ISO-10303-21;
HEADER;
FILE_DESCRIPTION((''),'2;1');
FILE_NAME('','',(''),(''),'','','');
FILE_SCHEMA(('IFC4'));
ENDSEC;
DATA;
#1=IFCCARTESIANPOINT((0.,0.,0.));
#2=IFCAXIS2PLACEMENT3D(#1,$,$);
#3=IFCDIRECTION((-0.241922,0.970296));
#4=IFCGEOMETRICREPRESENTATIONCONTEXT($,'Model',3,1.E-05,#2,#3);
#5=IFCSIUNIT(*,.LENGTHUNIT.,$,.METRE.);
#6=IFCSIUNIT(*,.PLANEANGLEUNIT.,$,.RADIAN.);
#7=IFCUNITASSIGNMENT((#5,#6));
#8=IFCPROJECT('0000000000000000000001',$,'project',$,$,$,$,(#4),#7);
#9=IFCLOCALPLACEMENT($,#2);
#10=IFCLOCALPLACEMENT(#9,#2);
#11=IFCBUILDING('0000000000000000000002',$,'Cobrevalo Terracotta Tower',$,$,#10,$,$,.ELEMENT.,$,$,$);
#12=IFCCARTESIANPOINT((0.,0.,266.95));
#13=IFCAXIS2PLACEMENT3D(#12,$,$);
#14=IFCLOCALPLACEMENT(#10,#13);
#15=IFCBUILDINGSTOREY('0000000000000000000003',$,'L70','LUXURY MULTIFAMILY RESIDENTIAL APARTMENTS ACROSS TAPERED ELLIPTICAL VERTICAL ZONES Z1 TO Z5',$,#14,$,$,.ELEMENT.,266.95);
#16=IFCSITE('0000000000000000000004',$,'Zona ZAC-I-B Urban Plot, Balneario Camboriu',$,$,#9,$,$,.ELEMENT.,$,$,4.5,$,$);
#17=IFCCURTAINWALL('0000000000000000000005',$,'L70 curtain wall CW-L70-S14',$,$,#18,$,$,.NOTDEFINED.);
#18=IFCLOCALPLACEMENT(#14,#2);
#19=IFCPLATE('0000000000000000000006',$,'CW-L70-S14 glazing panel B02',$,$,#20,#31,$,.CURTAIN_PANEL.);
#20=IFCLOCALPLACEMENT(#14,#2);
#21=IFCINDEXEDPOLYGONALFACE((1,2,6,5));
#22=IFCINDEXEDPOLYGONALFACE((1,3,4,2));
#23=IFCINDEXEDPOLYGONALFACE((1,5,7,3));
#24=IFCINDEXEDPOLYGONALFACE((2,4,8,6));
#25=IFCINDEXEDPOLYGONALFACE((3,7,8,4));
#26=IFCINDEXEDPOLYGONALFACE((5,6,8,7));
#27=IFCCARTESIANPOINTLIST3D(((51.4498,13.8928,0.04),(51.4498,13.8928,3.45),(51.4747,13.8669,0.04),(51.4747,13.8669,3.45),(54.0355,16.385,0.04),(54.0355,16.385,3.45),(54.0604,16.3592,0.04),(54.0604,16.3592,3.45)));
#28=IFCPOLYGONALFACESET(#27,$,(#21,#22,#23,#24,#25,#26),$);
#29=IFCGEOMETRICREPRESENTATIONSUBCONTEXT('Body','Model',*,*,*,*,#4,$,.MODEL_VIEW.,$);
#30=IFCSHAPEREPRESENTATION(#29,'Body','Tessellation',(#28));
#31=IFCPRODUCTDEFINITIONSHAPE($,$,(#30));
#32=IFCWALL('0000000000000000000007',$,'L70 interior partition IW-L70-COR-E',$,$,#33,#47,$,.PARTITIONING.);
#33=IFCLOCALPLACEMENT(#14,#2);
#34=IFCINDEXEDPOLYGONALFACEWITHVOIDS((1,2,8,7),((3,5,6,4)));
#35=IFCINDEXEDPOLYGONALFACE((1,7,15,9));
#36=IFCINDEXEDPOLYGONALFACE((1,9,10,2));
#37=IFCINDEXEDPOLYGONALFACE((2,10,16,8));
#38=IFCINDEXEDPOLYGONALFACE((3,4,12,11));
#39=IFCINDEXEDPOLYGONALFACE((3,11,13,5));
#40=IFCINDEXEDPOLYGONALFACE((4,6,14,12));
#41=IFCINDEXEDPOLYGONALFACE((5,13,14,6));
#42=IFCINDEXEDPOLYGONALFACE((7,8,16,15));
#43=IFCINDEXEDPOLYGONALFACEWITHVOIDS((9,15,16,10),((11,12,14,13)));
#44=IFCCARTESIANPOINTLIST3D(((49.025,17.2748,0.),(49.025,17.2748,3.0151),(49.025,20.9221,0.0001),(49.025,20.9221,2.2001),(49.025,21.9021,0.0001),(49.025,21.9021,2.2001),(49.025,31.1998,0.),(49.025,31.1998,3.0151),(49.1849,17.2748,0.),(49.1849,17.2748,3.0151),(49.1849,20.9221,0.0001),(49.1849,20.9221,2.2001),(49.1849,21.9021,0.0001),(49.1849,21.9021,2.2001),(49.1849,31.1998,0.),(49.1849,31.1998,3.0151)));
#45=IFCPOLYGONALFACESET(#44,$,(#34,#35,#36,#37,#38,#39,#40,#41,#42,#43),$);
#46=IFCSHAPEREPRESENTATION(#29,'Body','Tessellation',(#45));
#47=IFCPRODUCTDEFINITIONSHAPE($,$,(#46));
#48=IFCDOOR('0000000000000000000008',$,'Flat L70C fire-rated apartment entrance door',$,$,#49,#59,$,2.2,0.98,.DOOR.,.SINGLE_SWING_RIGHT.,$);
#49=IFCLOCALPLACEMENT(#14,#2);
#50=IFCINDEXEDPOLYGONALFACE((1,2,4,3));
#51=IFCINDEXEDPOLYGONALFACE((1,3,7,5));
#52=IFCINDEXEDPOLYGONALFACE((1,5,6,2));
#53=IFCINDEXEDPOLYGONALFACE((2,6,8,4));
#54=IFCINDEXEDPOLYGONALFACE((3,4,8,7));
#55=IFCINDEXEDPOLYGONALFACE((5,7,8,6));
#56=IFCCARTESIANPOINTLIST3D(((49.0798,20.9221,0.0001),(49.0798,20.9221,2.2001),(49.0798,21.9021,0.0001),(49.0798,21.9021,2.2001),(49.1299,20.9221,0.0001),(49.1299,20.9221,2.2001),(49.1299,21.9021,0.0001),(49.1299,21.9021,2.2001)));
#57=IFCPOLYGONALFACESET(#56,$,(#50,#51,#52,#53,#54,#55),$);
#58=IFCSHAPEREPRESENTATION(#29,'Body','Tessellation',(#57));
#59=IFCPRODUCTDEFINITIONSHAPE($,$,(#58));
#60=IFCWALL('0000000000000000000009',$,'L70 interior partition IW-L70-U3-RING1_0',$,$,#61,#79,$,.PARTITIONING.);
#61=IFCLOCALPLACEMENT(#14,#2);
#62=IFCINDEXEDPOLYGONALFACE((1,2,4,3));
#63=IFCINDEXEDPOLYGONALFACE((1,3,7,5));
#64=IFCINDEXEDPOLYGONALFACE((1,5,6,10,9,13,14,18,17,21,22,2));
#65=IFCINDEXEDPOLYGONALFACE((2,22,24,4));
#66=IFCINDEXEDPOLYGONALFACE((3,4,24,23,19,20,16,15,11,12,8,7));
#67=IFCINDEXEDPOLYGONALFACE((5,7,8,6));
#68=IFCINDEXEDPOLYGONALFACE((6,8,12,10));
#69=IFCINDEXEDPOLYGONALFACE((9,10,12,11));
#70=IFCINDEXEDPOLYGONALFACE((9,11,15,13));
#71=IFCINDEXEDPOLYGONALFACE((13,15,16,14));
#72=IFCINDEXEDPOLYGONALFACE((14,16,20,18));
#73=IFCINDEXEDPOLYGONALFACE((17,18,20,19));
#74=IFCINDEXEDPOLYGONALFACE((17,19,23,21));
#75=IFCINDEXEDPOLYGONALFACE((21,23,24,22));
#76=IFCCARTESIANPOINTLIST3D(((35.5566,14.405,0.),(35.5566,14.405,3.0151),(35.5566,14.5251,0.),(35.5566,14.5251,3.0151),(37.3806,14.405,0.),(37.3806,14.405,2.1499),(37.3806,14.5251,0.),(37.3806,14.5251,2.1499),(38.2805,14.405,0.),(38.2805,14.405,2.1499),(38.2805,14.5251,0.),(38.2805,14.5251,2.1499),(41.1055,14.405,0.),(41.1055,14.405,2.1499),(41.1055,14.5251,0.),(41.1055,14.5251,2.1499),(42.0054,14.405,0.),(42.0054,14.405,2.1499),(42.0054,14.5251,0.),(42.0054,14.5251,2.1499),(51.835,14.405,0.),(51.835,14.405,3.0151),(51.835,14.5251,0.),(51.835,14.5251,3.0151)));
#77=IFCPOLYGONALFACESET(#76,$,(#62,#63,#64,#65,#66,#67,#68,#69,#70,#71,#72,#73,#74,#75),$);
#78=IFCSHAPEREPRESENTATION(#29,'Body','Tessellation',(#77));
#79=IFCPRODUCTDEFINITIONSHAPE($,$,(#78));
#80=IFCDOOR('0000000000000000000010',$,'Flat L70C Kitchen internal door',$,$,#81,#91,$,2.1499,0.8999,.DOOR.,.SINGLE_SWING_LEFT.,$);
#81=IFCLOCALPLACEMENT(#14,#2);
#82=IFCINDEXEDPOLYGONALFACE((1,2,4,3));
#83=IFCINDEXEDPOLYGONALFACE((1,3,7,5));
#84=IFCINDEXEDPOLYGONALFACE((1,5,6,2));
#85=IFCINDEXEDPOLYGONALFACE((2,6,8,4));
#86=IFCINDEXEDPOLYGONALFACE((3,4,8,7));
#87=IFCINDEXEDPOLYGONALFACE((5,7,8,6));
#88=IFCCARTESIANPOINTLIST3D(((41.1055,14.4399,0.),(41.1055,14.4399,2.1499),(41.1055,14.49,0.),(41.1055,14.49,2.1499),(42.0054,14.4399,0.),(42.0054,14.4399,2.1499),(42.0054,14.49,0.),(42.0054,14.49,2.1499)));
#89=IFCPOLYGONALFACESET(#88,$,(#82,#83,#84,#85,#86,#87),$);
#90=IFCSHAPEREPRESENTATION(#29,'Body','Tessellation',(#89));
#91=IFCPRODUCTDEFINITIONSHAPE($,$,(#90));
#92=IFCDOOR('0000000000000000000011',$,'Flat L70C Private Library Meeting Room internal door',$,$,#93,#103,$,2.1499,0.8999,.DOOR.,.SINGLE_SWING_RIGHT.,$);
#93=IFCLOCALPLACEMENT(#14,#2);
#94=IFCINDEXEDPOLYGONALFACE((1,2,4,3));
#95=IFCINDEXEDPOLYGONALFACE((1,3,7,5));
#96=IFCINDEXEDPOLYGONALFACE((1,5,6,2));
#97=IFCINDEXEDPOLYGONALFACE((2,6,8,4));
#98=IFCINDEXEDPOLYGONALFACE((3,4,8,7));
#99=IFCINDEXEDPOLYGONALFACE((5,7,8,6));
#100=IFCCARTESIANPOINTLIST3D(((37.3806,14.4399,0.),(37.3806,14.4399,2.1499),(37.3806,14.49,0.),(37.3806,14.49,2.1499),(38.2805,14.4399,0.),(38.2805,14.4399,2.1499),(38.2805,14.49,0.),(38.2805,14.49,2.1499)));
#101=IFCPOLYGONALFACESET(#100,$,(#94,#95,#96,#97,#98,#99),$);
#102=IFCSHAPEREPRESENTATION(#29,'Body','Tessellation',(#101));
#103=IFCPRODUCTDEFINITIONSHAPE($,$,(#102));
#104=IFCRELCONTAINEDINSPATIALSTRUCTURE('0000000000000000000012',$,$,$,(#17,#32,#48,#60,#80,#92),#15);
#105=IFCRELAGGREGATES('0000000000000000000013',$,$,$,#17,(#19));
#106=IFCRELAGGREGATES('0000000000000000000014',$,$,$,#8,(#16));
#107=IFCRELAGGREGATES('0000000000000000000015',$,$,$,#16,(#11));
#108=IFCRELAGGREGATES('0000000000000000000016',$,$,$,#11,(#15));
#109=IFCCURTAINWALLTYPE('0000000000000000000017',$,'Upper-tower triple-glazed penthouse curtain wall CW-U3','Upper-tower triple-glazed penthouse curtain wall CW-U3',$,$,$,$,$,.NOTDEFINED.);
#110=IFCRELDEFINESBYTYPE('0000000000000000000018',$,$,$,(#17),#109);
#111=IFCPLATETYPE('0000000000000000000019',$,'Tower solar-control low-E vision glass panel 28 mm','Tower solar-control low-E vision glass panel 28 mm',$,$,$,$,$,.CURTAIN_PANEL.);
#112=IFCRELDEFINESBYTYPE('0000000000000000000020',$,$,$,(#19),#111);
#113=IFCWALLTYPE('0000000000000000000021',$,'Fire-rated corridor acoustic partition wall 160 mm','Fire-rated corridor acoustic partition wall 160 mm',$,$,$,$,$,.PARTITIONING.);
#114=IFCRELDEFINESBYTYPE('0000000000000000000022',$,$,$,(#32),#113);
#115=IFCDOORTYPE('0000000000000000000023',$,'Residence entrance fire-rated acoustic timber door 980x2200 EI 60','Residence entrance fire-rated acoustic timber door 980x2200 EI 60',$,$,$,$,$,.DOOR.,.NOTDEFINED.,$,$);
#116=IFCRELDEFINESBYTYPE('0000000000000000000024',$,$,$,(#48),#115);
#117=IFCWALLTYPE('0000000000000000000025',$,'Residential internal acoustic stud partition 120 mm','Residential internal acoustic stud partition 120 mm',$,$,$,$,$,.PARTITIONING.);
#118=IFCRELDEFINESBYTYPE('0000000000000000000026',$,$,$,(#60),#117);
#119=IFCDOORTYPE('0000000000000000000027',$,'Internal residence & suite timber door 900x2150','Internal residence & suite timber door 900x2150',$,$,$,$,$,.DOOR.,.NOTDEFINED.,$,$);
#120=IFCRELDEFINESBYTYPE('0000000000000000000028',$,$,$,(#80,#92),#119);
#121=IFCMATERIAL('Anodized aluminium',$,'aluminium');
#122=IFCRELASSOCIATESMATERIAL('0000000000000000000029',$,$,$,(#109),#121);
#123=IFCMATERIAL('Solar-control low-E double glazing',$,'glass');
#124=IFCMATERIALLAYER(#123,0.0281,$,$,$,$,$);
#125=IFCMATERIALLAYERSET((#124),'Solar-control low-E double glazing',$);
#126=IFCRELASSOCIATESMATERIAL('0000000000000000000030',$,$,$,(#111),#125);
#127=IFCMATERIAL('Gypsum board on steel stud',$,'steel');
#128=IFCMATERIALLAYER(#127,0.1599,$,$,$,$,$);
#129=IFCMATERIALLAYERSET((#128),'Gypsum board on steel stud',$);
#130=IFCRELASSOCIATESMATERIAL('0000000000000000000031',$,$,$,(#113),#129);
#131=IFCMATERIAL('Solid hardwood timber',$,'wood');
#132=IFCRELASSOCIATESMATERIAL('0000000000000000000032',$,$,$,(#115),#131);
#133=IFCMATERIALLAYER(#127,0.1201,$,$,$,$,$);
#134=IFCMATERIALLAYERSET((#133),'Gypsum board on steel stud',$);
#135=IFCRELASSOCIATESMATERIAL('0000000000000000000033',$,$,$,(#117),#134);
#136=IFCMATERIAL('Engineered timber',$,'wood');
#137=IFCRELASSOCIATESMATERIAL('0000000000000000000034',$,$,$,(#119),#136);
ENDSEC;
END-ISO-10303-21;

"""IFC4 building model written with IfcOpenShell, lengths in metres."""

from ifc_helpers import new_model, si_unit, direction, frame, frame_2d, origin, origin_2d, place, context, subcontext, project, spatial, rectangle, extrude, source, transform, mapped, material, layer, layer_set, type_object, element, fill, aggregate, save


model = new_model("IFC4")

# Units and contexts
model_context = context("Model", 3, precision=1e-05, world=origin(), true_north=direction((-0.241922, 0.970296)))
body_context = subcontext(model_context, "Body", "Model", "MODEL_VIEW")
ifc_project = project(units=[si_unit("LENGTHUNIT", "METRE"), si_unit("PLANEANGLEUNIT", "RADIAN")], contexts=[model_context])

# Site, building, storey
site_placement = place(None, origin())
site = spatial("IfcSite", under=ifc_project, at=site_placement, Name="Zona ZAC-I-B Urban Plot, Balneario Camboriu", CompositionType="ELEMENT", RefElevation=4.5)
building_placement = place(site_placement, origin())
building = spatial("IfcBuilding", under=site, at=building_placement, Name="Cobrevalo Terracotta Tower", CompositionType="ELEMENT")
storey_placement = place(building_placement, frame((0.0, 0.0, 266.95)))
storey = spatial("IfcBuildingStorey", under=building, at=storey_placement, Name="L70", Description="LUXURY MULTIFAMILY RESIDENTIAL APARTMENTS ACROSS TAPERED ELLIPTICAL VERTICAL ZONES Z1 TO Z5", CompositionType="ELEMENT", Elevation=266.95)

# Shared definitions
ifc_material_1 = material(Name="Anodized aluminium", Category="aluminium")
curtain_wall_type = type_object("IfcCurtainWallType", Name="Upper-tower triple-glazed penthouse curtain wall CW-U3", Description="Upper-tower triple-glazed penthouse curtain wall CW-U3", PredefinedType="NOTDEFINED", material=ifc_material_1)

# Curtain wall
curtain_wall_1_placement = place(storey_placement, origin())
curtain_wall_1 = element("IfcCurtainWall", 1, at=curtain_wall_1_placement, inside=storey, type_object=curtain_wall_type, Name="L70 curtain wall CW-L70-S14", PredefinedType="NOTDEFINED")

# Plate
ifc_material_2 = material(Name="Solar-control low-E double glazing", Category="glass")
ifc_layer_1 = layer(ifc_material_2, 0.0281)
ifc_layer_set_1 = layer_set([ifc_layer_1], Name="Solar-control low-E double glazing")
plate_type = type_object("IfcPlateType", Name="Tower solar-control low-E vision glass panel 28 mm", Description="Tower solar-control low-E vision glass panel 28 mm", PredefinedType="CURTAIN_PANEL", material=ifc_layer_set_1)
shared_shape_1 = source(origin(), body_context, "Body", "SweptSolid", [
    extrude(rectangle(XDim=3.5913, YDim=0.0359, at=origin_2d()), origin(), (0.0, 0.0, 1.0), 3.4099),
])
plate_1_placement = place(storey_placement, frame((52.7551, 15.126, 0.04), z_axis=(0.0, 0.0, 1.0), x_axis=(0.719997, 0.693978, 0.0)))
plate_1 = element("IfcPlate", 2, at=plate_1_placement, type_object=plate_type, Name="CW-L70-S14 glazing panel B02", PredefinedType="CURTAIN_PANEL", context=body_context, shape_type="MappedRepresentation", body=[
    mapped(shared_shape_1, transform((0.0, 0.0, 0.0), scale=1.0)),
])
aggregate(curtain_wall_1, [plate_1])

# Wall, opening, door
ifc_material_3 = material(Name="Gypsum board on steel stud", Category="steel")
ifc_layer_2 = layer(ifc_material_3, 0.1599)
ifc_layer_set_2 = layer_set([ifc_layer_2], Name="Gypsum board on steel stud")
wall_type_1 = type_object("IfcWallType", Name="Fire-rated corridor acoustic partition wall 160 mm", Description="Fire-rated corridor acoustic partition wall 160 mm", PredefinedType="PARTITIONING", material=ifc_layer_set_2)
wall_1_placement = place(storey_placement, frame((49.105, 17.2749, 0.0), z_axis=(0.0, 0.0, 1.0), x_axis=(0.0, 1.0, 0.0)))
wall_1 = element("IfcWall", 3, at=wall_1_placement, inside=storey, type_object=wall_type_1, Name="L70 interior partition IW-L70-COR-E", PredefinedType="PARTITIONING", context=body_context, shape_type="SweptSolid", body=[
    extrude(rectangle(XDim=13.925, YDim=0.1599, at=frame_2d((6.9624, 0.0))), origin(), (0.0, 0.0, 1.0), 3.0151),
])
opening_1_placement = place(wall_1_placement, frame((3.6472, 0.0, 0.0)))
opening_1 = element("IfcOpeningElement", 4, at=opening_1_placement, cuts=wall_1, PredefinedType="OPENING", context=body_context, shape_type="SweptSolid", body=[
    extrude(rectangle(XDim=0.98, YDim=2.2, at=frame_2d((0.49, 1.1001))), frame((0.0, 0.0898, 0.0), z_axis=(0.0, -1.0, 0.0), x_axis=(1.0, 0.0, 0.0)), (0.0, 0.0, 1.0), 0.1799),
])
ifc_material_4 = material(Name="Solid hardwood timber", Category="wood")
door_type_1 = type_object("IfcDoorType", Name="Residence entrance fire-rated acoustic timber door 980x2200 EI 60", Description="Residence entrance fire-rated acoustic timber door 980x2200 EI 60", OperationType="NOTDEFINED", PredefinedType="DOOR", material=ifc_material_4)
shared_shape_2 = source(origin(), body_context, "Body", "SweptSolid", [
    extrude(rectangle(XDim=0.98, YDim=2.2, at=frame_2d((0.49, 1.1001))), frame((0.0, 0.0249, 0.0), z_axis=(0.0, -1.0, 0.0), x_axis=(1.0, 0.0, 0.0)), (0.0, 0.0, 1.0), 0.05),
])
door_1_placement = place(opening_1_placement, frame((0.98, 0.0, 0.0), z_axis=(0.0, 0.0, 1.0), x_axis=(-1.0, 0.0, 0.0)))
door_1 = element("IfcDoor", 5, at=door_1_placement, inside=storey, type_object=door_type_1, Name="Flat L70C fire-rated apartment entrance door", OperationType="SINGLE_SWING_RIGHT", OverallHeight=2.2, OverallWidth=0.98, PredefinedType="DOOR", context=body_context, shape_type="MappedRepresentation", body=[
    mapped(shared_shape_2, transform((0.0, 0.0, 0.0), scale=1.0)),
])
fill(opening_1, door_1)

# Wall, openings, doors
ifc_layer_3 = layer(ifc_material_3, 0.1201)
ifc_layer_set_3 = layer_set([ifc_layer_3], Name="Gypsum board on steel stud")
wall_type_2 = type_object("IfcWallType", Name="Residential internal acoustic stud partition 120 mm", Description="Residential internal acoustic stud partition 120 mm", PredefinedType="PARTITIONING", material=ifc_layer_set_3)
wall_2_placement = place(storey_placement, frame((51.835, 14.4651, 0.0), z_axis=(0.0, 0.0, 1.0), x_axis=(-1.0, 0.0, 0.0)))
wall_2 = element("IfcWall", 6, at=wall_2_placement, inside=storey, type_object=wall_type_2, Name="L70 interior partition IW-L70-U3-RING1_0", PredefinedType="PARTITIONING", context=body_context, shape_type="SweptSolid", body=[
    extrude(rectangle(XDim=16.2783, YDim=0.1201, at=frame_2d((8.1392, 0.0))), origin(), (0.0, 0.0, 1.0), 3.0151),
])
opening_2_placement = place(wall_2_placement, frame((9.8296, 0.0, 0.0)))
opening_2 = element("IfcOpeningElement", 7, at=opening_2_placement, cuts=wall_2, PredefinedType="OPENING", context=body_context, shape_type="SweptSolid", body=[
    extrude(rectangle(XDim=0.8999, YDim=2.1499, at=frame_2d((0.45, 1.075))), frame((0.0, 0.0701, 0.0), z_axis=(0.0, -1.0, 0.0), x_axis=(1.0, 0.0, 0.0)), (0.0, 0.0, 1.0), 0.1401),
])
opening_3_placement = place(wall_2_placement, frame((13.5544, 0.0, 0.0)))
opening_3 = element("IfcOpeningElement", 8, at=opening_3_placement, cuts=wall_2, PredefinedType="OPENING", context=body_context, shape_type="SweptSolid", body=[
    extrude(rectangle(XDim=0.8999, YDim=2.1499, at=frame_2d((0.45, 1.075))), frame((0.0, 0.0701, 0.0), z_axis=(0.0, -1.0, 0.0), x_axis=(1.0, 0.0, 0.0)), (0.0, 0.0, 1.0), 0.1401),
])
ifc_material_5 = material(Name="Engineered timber", Category="wood")
door_type_2 = type_object("IfcDoorType", Name="Internal residence & suite timber door 900x2150", Description="Internal residence & suite timber door 900x2150", OperationType="NOTDEFINED", PredefinedType="DOOR", material=ifc_material_5)
shared_shape_3 = source(origin(), body_context, "Body", "SweptSolid", [
    extrude(rectangle(XDim=0.8999, YDim=2.1499, at=frame_2d((0.45, 1.075))), frame((0.0, 0.0249, 0.0), z_axis=(0.0, -1.0, 0.0), x_axis=(1.0, 0.0, 0.0)), (0.0, 0.0, 1.0), 0.05),
])
door_2_placement = place(opening_2_placement, frame((0.8999, 0.0, 0.0), z_axis=(0.0, 0.0, 1.0), x_axis=(-1.0, 0.0, 0.0)))
door_2 = element("IfcDoor", 9, at=door_2_placement, inside=storey, type_object=door_type_2, Name="Flat L70C Kitchen internal door", OperationType="SINGLE_SWING_LEFT", OverallHeight=2.1499, OverallWidth=0.8999, PredefinedType="DOOR", context=body_context, shape_type="MappedRepresentation", body=[
    mapped(shared_shape_3, transform((0.0, 0.0, 0.0), scale=1.0)),
])
fill(opening_2, door_2)
door_3_placement = place(opening_3_placement, frame((0.8999, 0.0, 0.0), z_axis=(0.0, 0.0, 1.0), x_axis=(-1.0, 0.0, 0.0)))
door_3 = element("IfcDoor", 10, at=door_3_placement, inside=storey, type_object=door_type_2, Name="Flat L70C Private Library Meeting Room internal door", OperationType="SINGLE_SWING_RIGHT", OverallHeight=2.1499, OverallWidth=0.8999, PredefinedType="DOOR", context=body_context, shape_type="MappedRepresentation", body=[
    mapped(shared_shape_3, transform((0.0, 0.0, 0.0), scale=1.0)),
])
fill(opening_3, door_3)

save(model, "model.ifc")
